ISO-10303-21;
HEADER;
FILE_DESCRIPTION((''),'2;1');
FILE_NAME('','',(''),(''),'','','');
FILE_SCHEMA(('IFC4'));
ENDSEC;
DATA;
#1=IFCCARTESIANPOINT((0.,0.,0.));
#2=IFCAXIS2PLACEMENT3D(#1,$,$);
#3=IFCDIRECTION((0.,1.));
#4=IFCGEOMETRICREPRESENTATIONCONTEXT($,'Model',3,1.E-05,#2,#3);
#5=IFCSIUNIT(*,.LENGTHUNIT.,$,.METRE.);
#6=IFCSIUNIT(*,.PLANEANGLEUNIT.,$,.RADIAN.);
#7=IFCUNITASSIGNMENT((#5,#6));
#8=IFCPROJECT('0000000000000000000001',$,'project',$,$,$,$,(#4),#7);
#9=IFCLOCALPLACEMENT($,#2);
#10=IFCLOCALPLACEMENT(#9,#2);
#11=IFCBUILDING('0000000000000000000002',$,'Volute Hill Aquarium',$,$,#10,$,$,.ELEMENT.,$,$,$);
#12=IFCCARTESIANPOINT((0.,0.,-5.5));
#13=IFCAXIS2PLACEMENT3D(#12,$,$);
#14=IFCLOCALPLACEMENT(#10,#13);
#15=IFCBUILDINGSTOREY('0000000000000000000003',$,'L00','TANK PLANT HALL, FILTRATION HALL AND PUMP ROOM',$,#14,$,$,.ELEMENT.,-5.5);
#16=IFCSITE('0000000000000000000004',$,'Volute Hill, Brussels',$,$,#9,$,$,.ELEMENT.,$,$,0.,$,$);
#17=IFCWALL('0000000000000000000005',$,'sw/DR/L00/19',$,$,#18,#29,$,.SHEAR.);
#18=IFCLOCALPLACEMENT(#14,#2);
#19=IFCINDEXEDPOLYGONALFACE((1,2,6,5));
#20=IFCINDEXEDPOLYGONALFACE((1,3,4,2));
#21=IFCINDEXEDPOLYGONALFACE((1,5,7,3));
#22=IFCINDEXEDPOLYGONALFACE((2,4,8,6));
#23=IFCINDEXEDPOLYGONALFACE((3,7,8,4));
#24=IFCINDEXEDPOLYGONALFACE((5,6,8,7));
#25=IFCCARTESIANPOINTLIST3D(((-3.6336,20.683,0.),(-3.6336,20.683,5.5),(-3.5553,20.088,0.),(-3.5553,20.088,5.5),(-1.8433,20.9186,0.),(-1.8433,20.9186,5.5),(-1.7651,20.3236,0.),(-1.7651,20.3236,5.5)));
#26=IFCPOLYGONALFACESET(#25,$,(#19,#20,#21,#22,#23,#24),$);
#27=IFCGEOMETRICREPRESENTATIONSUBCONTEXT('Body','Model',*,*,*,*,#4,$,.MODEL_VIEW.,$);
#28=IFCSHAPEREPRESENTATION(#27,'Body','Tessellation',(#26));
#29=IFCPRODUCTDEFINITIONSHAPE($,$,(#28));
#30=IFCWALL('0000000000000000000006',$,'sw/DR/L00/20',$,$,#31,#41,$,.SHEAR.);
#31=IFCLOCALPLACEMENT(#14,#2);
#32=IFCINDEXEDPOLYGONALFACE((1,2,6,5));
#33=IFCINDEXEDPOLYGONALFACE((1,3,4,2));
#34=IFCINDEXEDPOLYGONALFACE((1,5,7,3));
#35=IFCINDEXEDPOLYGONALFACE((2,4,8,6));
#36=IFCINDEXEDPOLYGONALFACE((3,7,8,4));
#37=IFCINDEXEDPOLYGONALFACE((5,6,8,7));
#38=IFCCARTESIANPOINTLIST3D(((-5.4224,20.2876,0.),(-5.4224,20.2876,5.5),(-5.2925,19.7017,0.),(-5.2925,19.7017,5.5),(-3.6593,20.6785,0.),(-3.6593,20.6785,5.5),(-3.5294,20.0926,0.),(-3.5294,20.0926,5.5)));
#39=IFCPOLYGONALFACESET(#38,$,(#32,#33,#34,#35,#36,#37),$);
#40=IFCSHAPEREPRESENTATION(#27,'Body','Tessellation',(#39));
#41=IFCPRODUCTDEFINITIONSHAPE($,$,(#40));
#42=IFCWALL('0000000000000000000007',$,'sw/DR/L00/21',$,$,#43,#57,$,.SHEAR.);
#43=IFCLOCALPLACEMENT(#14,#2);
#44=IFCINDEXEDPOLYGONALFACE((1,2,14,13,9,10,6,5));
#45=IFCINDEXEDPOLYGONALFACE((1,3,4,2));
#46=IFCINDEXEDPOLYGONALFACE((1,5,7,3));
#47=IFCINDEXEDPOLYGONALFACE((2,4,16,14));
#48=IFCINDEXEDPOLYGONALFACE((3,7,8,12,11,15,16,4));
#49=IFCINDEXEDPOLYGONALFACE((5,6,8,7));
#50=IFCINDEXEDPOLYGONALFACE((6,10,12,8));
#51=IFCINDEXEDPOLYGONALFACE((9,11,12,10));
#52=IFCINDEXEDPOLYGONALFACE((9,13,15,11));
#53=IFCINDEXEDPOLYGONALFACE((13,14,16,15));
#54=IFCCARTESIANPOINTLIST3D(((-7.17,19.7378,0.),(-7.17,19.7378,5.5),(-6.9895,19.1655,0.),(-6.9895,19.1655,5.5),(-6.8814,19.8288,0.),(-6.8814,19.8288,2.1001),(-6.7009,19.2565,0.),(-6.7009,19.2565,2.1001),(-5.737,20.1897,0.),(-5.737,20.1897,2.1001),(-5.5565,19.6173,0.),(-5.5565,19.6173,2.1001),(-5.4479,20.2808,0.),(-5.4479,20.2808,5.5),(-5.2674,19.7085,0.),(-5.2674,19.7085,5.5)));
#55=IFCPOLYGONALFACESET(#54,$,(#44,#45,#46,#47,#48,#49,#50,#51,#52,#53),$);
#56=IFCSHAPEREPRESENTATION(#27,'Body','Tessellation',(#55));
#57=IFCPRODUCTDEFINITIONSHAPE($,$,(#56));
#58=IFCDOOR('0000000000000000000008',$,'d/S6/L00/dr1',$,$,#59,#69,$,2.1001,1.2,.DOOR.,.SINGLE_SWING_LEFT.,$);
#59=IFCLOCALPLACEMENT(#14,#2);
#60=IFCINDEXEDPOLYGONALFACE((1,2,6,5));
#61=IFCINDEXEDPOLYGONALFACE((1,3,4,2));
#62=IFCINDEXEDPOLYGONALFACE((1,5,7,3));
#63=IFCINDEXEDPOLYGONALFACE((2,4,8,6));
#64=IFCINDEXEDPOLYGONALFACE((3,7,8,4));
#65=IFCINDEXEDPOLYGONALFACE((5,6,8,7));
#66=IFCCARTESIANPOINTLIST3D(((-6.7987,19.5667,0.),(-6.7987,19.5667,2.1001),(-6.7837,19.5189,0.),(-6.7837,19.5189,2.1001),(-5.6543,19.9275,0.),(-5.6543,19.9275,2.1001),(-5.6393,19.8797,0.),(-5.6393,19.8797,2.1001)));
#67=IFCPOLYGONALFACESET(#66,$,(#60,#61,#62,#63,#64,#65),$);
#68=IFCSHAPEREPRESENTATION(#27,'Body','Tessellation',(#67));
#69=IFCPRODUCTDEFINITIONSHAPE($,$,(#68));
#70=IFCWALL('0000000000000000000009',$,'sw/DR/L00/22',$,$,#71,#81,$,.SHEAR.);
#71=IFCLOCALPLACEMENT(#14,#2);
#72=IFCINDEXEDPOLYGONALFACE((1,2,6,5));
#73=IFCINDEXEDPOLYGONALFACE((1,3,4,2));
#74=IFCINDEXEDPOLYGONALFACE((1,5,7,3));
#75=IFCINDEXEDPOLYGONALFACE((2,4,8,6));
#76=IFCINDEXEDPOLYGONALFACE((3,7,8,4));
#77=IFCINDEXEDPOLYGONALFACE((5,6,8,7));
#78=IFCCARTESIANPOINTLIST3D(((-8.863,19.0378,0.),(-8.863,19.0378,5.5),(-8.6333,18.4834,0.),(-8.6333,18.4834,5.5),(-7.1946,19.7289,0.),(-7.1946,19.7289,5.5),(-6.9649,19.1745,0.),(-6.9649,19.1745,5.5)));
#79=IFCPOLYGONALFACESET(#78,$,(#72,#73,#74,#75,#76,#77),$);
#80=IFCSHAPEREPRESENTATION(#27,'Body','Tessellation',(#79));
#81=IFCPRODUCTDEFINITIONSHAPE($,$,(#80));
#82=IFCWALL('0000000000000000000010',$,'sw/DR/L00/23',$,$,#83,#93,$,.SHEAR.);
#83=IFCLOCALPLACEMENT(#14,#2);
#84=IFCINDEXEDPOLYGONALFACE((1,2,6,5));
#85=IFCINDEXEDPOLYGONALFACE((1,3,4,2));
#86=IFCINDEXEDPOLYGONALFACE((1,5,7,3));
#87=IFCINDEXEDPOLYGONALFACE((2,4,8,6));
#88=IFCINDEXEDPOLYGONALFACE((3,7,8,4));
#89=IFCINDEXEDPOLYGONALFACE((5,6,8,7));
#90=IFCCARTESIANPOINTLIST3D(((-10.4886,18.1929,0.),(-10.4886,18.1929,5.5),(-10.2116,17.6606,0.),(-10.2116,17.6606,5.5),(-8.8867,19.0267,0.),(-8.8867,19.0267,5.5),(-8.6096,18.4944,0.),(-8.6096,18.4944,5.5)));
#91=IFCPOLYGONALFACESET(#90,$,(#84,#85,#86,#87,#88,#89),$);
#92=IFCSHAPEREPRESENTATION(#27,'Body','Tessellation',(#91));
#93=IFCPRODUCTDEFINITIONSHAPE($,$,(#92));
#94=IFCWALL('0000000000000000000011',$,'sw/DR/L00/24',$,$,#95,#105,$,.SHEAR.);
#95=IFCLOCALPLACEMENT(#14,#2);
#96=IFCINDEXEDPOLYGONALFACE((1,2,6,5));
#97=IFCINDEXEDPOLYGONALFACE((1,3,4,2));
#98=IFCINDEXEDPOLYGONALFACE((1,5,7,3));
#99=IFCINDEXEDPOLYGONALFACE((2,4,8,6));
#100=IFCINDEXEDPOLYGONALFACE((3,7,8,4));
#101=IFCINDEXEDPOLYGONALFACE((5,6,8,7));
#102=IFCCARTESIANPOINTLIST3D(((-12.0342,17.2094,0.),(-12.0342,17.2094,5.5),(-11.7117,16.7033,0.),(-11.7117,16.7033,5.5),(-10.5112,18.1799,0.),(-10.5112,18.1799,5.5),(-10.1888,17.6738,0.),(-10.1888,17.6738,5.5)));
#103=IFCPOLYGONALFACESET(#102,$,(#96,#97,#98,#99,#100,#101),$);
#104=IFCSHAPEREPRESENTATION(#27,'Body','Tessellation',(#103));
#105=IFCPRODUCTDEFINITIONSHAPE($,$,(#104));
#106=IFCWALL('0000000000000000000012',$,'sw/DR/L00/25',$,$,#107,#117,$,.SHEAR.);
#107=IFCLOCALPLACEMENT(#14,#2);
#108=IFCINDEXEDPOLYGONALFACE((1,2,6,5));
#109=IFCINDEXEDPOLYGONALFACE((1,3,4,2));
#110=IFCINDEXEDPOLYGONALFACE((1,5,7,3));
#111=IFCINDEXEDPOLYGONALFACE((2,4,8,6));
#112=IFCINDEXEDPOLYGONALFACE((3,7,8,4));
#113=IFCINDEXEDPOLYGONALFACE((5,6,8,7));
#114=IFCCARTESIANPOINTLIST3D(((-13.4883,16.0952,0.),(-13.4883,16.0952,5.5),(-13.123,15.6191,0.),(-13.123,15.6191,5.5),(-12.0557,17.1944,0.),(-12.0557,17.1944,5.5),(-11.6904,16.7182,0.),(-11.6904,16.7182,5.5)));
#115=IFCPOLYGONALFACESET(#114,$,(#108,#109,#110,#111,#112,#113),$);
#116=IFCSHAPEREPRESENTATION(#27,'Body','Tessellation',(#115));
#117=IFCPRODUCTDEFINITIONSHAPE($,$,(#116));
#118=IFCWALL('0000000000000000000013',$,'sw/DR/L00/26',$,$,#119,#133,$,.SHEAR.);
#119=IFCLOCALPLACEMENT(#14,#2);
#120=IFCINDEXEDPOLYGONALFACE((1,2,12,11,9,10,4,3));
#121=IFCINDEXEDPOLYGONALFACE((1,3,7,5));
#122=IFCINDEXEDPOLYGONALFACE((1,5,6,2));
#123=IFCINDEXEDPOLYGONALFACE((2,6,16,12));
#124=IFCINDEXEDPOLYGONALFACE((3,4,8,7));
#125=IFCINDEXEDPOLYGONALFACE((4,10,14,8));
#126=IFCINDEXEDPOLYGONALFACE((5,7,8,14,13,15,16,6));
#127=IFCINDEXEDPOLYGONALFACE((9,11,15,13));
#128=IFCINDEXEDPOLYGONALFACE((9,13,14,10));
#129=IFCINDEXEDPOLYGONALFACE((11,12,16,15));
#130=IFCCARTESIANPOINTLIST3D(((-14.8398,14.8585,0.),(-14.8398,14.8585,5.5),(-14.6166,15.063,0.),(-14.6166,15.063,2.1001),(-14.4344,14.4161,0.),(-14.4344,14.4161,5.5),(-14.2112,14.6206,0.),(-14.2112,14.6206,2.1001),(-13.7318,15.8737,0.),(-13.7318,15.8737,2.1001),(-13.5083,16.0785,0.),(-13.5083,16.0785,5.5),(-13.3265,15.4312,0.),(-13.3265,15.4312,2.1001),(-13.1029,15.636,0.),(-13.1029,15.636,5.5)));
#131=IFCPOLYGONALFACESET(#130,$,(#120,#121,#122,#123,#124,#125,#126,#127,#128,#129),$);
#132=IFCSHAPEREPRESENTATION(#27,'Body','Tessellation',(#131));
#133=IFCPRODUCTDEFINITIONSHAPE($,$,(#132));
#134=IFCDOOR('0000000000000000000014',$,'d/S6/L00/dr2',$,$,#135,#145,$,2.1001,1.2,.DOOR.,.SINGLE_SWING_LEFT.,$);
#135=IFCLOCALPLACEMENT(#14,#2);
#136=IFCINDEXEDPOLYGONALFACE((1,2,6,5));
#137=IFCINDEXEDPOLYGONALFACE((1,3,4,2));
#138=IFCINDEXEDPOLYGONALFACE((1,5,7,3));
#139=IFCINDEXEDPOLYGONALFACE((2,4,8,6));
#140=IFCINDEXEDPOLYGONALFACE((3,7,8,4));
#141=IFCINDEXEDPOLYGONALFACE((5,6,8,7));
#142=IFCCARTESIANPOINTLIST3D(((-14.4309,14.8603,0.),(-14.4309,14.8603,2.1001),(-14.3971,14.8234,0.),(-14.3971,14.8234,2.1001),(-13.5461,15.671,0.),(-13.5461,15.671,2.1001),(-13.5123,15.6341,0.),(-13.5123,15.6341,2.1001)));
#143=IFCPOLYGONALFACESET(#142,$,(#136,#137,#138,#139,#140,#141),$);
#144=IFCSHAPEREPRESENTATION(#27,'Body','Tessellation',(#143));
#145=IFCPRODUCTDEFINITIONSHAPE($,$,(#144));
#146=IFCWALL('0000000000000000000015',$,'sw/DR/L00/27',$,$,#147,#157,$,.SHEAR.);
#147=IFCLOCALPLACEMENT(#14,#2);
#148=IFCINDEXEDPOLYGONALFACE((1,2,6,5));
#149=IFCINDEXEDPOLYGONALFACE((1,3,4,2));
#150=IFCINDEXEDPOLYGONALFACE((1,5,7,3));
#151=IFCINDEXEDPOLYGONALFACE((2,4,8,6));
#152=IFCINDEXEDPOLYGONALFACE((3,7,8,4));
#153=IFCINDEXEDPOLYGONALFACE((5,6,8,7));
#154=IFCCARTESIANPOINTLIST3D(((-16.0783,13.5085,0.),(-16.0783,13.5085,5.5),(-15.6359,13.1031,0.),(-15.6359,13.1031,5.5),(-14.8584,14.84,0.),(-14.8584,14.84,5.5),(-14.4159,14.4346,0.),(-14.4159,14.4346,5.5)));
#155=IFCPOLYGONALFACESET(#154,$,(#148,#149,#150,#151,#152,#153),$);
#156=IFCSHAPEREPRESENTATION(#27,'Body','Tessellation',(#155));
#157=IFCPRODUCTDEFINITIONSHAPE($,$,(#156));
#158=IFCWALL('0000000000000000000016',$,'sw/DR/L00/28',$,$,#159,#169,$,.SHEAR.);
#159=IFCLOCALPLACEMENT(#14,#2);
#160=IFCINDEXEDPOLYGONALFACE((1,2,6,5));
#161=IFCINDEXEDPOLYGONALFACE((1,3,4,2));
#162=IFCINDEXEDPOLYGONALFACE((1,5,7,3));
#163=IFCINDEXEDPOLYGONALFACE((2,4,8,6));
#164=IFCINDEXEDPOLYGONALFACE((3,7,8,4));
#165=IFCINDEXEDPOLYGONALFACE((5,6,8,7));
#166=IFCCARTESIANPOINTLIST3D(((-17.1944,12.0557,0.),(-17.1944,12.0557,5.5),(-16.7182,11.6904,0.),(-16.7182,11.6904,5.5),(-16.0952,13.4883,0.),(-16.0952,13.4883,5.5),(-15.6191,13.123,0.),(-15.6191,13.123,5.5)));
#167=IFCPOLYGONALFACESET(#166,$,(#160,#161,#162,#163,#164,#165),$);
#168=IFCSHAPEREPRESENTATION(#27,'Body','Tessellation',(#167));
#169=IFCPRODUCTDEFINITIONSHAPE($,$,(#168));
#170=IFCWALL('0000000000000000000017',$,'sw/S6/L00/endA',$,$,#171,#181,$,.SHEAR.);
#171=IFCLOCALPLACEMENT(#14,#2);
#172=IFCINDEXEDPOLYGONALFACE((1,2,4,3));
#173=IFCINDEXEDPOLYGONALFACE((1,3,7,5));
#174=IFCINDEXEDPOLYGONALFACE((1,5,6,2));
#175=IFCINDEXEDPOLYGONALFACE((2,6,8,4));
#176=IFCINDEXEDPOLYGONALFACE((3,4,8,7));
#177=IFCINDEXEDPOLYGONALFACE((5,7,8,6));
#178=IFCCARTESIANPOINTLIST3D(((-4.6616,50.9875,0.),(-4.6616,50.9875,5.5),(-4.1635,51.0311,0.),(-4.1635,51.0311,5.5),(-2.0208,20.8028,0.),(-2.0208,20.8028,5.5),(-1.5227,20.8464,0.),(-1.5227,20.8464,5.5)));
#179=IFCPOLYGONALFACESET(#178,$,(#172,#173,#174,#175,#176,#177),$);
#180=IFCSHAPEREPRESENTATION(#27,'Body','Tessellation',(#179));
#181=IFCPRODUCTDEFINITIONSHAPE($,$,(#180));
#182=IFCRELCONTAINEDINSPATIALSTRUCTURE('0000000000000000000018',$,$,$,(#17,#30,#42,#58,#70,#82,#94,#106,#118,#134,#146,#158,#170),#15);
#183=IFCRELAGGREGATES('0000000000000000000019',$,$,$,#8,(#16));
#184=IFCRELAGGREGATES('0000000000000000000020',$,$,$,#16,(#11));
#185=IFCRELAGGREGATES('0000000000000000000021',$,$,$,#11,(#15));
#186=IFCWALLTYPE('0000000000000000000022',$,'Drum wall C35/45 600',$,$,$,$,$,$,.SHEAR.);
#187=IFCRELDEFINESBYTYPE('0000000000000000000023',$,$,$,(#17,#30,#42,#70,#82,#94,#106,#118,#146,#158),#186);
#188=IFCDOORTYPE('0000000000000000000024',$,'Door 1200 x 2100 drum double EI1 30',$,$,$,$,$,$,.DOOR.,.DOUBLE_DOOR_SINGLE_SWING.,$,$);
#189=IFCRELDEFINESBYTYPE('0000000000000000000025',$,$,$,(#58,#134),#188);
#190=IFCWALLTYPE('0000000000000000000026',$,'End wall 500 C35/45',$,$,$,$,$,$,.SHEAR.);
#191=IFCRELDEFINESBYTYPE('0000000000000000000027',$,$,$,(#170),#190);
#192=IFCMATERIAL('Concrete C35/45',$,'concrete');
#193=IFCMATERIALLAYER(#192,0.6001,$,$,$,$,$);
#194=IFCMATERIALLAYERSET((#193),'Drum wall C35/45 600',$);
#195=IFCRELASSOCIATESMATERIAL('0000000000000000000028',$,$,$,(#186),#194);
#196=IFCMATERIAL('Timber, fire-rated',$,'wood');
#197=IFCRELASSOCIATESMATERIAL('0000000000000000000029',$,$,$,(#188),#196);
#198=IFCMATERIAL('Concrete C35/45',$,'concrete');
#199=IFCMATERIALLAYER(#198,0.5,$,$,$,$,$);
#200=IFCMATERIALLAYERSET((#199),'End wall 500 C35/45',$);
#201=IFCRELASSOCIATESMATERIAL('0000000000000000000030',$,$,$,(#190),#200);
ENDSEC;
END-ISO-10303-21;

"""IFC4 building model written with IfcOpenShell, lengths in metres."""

from ifc_helpers import new_model, si_unit, direction, frame, frame_2d, origin, place, context, subcontext, project, spatial, rectangle, extrude, material, layer, layer_set, type_object, element, fill, save


model = new_model("IFC4")

# Units and contexts
model_context = context("Model", 3, precision=1e-05, world=origin(), true_north=direction((0.0, 1.0)))
body_context = subcontext(model_context, "Body", "Model", "MODEL_VIEW")
ifc_project = project(units=[si_unit("LENGTHUNIT", "METRE"), si_unit("PLANEANGLEUNIT", "RADIAN")], contexts=[model_context])

# Site, building, storey
site_placement = place(None, origin())
site = spatial("IfcSite", under=ifc_project, at=site_placement, Name="Volute Hill, Brussels", CompositionType="ELEMENT", RefElevation=0.0)
building_placement = place(site_placement, origin())
building = spatial("IfcBuilding", under=site, at=building_placement, Name="Volute Hill Aquarium", CompositionType="ELEMENT")
storey_placement = place(building_placement, frame((0.0, 0.0, -5.5)))
storey = spatial("IfcBuildingStorey", under=building, at=storey_placement, Name="L00", Description="TANK PLANT HALL, FILTRATION HALL AND PUMP ROOM", CompositionType="ELEMENT", Elevation=-5.5)

# Walls
ifc_material_1 = material(Name="Concrete C35/45", Category="concrete")
ifc_layer_1 = layer(ifc_material_1, 0.6001)
ifc_layer_set_1 = layer_set([ifc_layer_1], Name="Drum wall C35/45 600")
wall_type_1 = type_object("IfcWallType", Name="Drum wall C35/45 600", PredefinedType="SHEAR", material=ifc_layer_set_1)
wall_1_placement = place(storey_placement, frame((-1.8042, 20.6211, 0.0), z_axis=(0.0, 0.0, 1.0), x_axis=(-0.991452, -0.130472, 0.0)))
element("IfcWall", 1, at=wall_1_placement, inside=storey, type_object=wall_type_1, Name="sw/DR/L00/19", PredefinedType="SHEAR", context=body_context, shape_type="SweptSolid", body=[
    extrude(rectangle(XDim=1.8057, YDim=0.6001, at=frame_2d((0.9028, 0.0))), origin(), (0.0, 0.0, 1.0), 5.5),
])
wall_2_placement = place(storey_placement, frame((-3.5945, 20.3855, 0.0), z_axis=(0.0, 0.0, 1.0), x_axis=(-0.976298, -0.216429, 0.0)))
element("IfcWall", 2, at=wall_2_placement, inside=storey, type_object=wall_type_1, Name="sw/DR/L00/20", PredefinedType="SHEAR", context=body_context, shape_type="SweptSolid", body=[
    extrude(rectangle(XDim=1.8059, YDim=0.6001, at=frame_2d((0.9028, 0.0))), origin(), (0.0, 0.0, 1.0), 5.5),
])

# Wall, opening, door
wall_3_placement = place(storey_placement, frame((-5.3577, 19.9946, 0.0), z_axis=(0.0, 0.0, 1.0), x_axis=(-0.953722, -0.300691, 0.0)))
wall_3 = element("IfcWall", 3, at=wall_3_placement, inside=storey, type_object=wall_type_1, Name="sw/DR/L00/21", PredefinedType="SHEAR", context=body_context, shape_type="SweptSolid", body=[
    extrude(rectangle(XDim=1.8057, YDim=0.6001, at=frame_2d((0.9028, 0.0))), origin(), (0.0, 0.0, 1.0), 5.5),
])
opening_1_placement = place(wall_3_placement, frame((0.303, 0.0, 0.0)))
opening_1 = element("IfcOpeningElement", 4, at=opening_1_placement, cuts=wall_3, PredefinedType="OPENING", context=body_context, shape_type="SweptSolid", body=[
    extrude(rectangle(XDim=1.2, YDim=2.1001, at=frame_2d((0.6001, 1.05))), frame((0.0, 0.3101, 0.0), z_axis=(0.0, -1.0, 0.0), x_axis=(1.0, 0.0, 0.0)), (0.0, 0.0, 1.0), 0.6201),
])
ifc_material_2 = material(Name="Timber, fire-rated", Category="wood")
door_type_1 = type_object("IfcDoorType", Name="Door 1200 x 2100 drum double EI1 30", OperationType="DOUBLE_DOOR_SINGLE_SWING", PredefinedType="DOOR", material=ifc_material_2)
door_1_placement = place(opening_1_placement, origin())
door_1 = element("IfcDoor", 5, at=door_1_placement, inside=storey, type_object=door_type_1, Name="d/S6/L00/dr1", OperationType="SINGLE_SWING_LEFT", OverallHeight=2.1001, OverallWidth=1.2, PredefinedType="DOOR", context=body_context, shape_type="SweptSolid", body=[
    extrude(rectangle(XDim=1.2, YDim=2.1001, at=frame_2d((0.6001, 1.05))), frame((0.0, 0.0249, 0.0), z_axis=(0.0, -1.0, 0.0), x_axis=(1.0, 0.0, 0.0)), (0.0, 0.0, 1.0), 0.05),
])
fill(opening_1, door_1)

# Walls
for number, where, z_axis, x_axis, name in (
    (6, (-7.0798, 19.4517, 0.0), (0.0, 0.0, 1.0), (-0.923867, -0.382714, 0.0), "sw/DR/L00/22"),
    (7, (-8.7483, 18.7605, 0.0), (0.0, 0.0, 1.0), (-0.887035, -0.461702, 0.0), "sw/DR/L00/23"),
    (8, (-10.3501, 17.9268, 0.0), (0.0, 0.0, 1.0), (-0.843333, -0.537392, 0.0), "sw/DR/L00/24"),
):
    element("IfcWall", number, at=place(storey_placement, frame(where, z_axis=z_axis, x_axis=x_axis)), inside=storey, type_object=wall_type_1, Name=name, PredefinedType="SHEAR", context=body_context, shape_type="SweptSolid", body=[
        extrude(rectangle(XDim=1.8059, YDim=0.6001, at=frame_2d((0.9028, 0.0))), origin(), (0.0, 0.0, 1.0), 5.5),
    ])
wall_4_placement = place(storey_placement, frame((-11.873, 16.9563, 0.0), z_axis=(0.0, 0.0, 1.0), x_axis=(-0.793397, -0.608704, 0.0)))
element("IfcWall", 9, at=wall_4_placement, inside=storey, type_object=wall_type_1, Name="sw/DR/L00/25", PredefinedType="SHEAR", context=body_context, shape_type="SweptSolid", body=[
    extrude(rectangle(XDim=1.8057, YDim=0.6001, at=frame_2d((0.9028, 0.0))), origin(), (0.0, 0.0, 1.0), 5.5),
])

# Wall, opening, door
wall_5_placement = place(storey_placement, frame((-13.3057, 15.8572, 0.0), z_axis=(0.0, 0.0, 1.0), x_axis=(-0.737322, -0.675541, 0.0)))
wall_5 = element("IfcWall", 10, at=wall_5_placement, inside=storey, type_object=wall_type_1, Name="sw/DR/L00/26", PredefinedType="SHEAR", context=body_context, shape_type="SweptSolid", body=[
    extrude(rectangle(XDim=1.8059, YDim=0.6001, at=frame_2d((0.9028, 0.0))), origin(), (0.0, 0.0, 1.0), 5.5),
])
opening_2_placement = place(wall_5_placement, frame((0.303, 0.0, 0.0)))
opening_2 = element("IfcOpeningElement", 11, at=opening_2_placement, cuts=wall_5, PredefinedType="OPENING", context=body_context, shape_type="SweptSolid", body=[
    extrude(rectangle(XDim=1.2, YDim=2.1001, at=frame_2d((0.6001, 1.05))), frame((0.0, 0.3101, 0.0), z_axis=(0.0, -1.0, 0.0), x_axis=(1.0, 0.0, 0.0)), (0.0, 0.0, 1.0), 0.6201),
])
door_2_placement = place(opening_2_placement, origin())
door_2 = element("IfcDoor", 12, at=door_2_placement, inside=storey, type_object=door_type_1, Name="d/S6/L00/dr2", OperationType="SINGLE_SWING_LEFT", OverallHeight=2.1001, OverallWidth=1.2, PredefinedType="DOOR", context=body_context, shape_type="SweptSolid", body=[
    extrude(rectangle(XDim=1.2, YDim=2.1001, at=frame_2d((0.6001, 1.05))), frame((0.0, 0.0249, 0.0), z_axis=(0.0, -1.0, 0.0), x_axis=(1.0, 0.0, 0.0)), (0.0, 0.0, 1.0), 0.05),
])
fill(opening_2, door_2)

# Walls
wall_6_placement = place(storey_placement, frame((-14.6372, 14.6372, 0.0), z_axis=(0.0, 0.0, 1.0), x_axis=(-0.675541, -0.737322, 0.0)))
element("IfcWall", 13, at=wall_6_placement, inside=storey, type_object=wall_type_1, Name="sw/DR/L00/27", PredefinedType="SHEAR", context=body_context, shape_type="SweptSolid", body=[
    extrude(rectangle(XDim=1.8059, YDim=0.6001, at=frame_2d((0.9028, 0.0))), origin(), (0.0, 0.0, 1.0), 5.5),
])
wall_7_placement = place(storey_placement, frame((-15.8572, 13.3057, 0.0), z_axis=(0.0, 0.0, 1.0), x_axis=(-0.608704, -0.793397, 0.0)))
element("IfcWall", 14, at=wall_7_placement, inside=storey, type_object=wall_type_1, Name="sw/DR/L00/28", PredefinedType="SHEAR", context=body_context, shape_type="SweptSolid", body=[
    extrude(rectangle(XDim=1.8057, YDim=0.6001, at=frame_2d((0.9028, 0.0))), origin(), (0.0, 0.0, 1.0), 5.5),
])
ifc_material_3 = material(Name="Concrete C35/45", Category="concrete")
ifc_layer_2 = layer(ifc_material_3, 0.5)
ifc_layer_set_2 = layer_set([ifc_layer_2], Name="End wall 500 C35/45")
wall_type_2 = type_object("IfcWallType", Name="End wall 500 C35/45", PredefinedType="SHEAR", material=ifc_layer_set_2)
wall_8_placement = place(storey_placement, frame((-1.7717, 20.8247, 0.0), z_axis=(0.0, 0.0, 1.0), x_axis=(-0.087157, 0.996195, 0.0)))
element("IfcWall", 15, at=wall_8_placement, inside=storey, type_object=wall_type_2, Name="sw/S6/L00/endA", PredefinedType="SHEAR", context=body_context, shape_type="SweptSolid", body=[
    extrude(rectangle(XDim=30.3, YDim=0.5, at=frame_2d((15.1499, 0.0))), origin(), (0.0, 0.0, 1.0), 5.5),
])

save(model, "model.ifc")
